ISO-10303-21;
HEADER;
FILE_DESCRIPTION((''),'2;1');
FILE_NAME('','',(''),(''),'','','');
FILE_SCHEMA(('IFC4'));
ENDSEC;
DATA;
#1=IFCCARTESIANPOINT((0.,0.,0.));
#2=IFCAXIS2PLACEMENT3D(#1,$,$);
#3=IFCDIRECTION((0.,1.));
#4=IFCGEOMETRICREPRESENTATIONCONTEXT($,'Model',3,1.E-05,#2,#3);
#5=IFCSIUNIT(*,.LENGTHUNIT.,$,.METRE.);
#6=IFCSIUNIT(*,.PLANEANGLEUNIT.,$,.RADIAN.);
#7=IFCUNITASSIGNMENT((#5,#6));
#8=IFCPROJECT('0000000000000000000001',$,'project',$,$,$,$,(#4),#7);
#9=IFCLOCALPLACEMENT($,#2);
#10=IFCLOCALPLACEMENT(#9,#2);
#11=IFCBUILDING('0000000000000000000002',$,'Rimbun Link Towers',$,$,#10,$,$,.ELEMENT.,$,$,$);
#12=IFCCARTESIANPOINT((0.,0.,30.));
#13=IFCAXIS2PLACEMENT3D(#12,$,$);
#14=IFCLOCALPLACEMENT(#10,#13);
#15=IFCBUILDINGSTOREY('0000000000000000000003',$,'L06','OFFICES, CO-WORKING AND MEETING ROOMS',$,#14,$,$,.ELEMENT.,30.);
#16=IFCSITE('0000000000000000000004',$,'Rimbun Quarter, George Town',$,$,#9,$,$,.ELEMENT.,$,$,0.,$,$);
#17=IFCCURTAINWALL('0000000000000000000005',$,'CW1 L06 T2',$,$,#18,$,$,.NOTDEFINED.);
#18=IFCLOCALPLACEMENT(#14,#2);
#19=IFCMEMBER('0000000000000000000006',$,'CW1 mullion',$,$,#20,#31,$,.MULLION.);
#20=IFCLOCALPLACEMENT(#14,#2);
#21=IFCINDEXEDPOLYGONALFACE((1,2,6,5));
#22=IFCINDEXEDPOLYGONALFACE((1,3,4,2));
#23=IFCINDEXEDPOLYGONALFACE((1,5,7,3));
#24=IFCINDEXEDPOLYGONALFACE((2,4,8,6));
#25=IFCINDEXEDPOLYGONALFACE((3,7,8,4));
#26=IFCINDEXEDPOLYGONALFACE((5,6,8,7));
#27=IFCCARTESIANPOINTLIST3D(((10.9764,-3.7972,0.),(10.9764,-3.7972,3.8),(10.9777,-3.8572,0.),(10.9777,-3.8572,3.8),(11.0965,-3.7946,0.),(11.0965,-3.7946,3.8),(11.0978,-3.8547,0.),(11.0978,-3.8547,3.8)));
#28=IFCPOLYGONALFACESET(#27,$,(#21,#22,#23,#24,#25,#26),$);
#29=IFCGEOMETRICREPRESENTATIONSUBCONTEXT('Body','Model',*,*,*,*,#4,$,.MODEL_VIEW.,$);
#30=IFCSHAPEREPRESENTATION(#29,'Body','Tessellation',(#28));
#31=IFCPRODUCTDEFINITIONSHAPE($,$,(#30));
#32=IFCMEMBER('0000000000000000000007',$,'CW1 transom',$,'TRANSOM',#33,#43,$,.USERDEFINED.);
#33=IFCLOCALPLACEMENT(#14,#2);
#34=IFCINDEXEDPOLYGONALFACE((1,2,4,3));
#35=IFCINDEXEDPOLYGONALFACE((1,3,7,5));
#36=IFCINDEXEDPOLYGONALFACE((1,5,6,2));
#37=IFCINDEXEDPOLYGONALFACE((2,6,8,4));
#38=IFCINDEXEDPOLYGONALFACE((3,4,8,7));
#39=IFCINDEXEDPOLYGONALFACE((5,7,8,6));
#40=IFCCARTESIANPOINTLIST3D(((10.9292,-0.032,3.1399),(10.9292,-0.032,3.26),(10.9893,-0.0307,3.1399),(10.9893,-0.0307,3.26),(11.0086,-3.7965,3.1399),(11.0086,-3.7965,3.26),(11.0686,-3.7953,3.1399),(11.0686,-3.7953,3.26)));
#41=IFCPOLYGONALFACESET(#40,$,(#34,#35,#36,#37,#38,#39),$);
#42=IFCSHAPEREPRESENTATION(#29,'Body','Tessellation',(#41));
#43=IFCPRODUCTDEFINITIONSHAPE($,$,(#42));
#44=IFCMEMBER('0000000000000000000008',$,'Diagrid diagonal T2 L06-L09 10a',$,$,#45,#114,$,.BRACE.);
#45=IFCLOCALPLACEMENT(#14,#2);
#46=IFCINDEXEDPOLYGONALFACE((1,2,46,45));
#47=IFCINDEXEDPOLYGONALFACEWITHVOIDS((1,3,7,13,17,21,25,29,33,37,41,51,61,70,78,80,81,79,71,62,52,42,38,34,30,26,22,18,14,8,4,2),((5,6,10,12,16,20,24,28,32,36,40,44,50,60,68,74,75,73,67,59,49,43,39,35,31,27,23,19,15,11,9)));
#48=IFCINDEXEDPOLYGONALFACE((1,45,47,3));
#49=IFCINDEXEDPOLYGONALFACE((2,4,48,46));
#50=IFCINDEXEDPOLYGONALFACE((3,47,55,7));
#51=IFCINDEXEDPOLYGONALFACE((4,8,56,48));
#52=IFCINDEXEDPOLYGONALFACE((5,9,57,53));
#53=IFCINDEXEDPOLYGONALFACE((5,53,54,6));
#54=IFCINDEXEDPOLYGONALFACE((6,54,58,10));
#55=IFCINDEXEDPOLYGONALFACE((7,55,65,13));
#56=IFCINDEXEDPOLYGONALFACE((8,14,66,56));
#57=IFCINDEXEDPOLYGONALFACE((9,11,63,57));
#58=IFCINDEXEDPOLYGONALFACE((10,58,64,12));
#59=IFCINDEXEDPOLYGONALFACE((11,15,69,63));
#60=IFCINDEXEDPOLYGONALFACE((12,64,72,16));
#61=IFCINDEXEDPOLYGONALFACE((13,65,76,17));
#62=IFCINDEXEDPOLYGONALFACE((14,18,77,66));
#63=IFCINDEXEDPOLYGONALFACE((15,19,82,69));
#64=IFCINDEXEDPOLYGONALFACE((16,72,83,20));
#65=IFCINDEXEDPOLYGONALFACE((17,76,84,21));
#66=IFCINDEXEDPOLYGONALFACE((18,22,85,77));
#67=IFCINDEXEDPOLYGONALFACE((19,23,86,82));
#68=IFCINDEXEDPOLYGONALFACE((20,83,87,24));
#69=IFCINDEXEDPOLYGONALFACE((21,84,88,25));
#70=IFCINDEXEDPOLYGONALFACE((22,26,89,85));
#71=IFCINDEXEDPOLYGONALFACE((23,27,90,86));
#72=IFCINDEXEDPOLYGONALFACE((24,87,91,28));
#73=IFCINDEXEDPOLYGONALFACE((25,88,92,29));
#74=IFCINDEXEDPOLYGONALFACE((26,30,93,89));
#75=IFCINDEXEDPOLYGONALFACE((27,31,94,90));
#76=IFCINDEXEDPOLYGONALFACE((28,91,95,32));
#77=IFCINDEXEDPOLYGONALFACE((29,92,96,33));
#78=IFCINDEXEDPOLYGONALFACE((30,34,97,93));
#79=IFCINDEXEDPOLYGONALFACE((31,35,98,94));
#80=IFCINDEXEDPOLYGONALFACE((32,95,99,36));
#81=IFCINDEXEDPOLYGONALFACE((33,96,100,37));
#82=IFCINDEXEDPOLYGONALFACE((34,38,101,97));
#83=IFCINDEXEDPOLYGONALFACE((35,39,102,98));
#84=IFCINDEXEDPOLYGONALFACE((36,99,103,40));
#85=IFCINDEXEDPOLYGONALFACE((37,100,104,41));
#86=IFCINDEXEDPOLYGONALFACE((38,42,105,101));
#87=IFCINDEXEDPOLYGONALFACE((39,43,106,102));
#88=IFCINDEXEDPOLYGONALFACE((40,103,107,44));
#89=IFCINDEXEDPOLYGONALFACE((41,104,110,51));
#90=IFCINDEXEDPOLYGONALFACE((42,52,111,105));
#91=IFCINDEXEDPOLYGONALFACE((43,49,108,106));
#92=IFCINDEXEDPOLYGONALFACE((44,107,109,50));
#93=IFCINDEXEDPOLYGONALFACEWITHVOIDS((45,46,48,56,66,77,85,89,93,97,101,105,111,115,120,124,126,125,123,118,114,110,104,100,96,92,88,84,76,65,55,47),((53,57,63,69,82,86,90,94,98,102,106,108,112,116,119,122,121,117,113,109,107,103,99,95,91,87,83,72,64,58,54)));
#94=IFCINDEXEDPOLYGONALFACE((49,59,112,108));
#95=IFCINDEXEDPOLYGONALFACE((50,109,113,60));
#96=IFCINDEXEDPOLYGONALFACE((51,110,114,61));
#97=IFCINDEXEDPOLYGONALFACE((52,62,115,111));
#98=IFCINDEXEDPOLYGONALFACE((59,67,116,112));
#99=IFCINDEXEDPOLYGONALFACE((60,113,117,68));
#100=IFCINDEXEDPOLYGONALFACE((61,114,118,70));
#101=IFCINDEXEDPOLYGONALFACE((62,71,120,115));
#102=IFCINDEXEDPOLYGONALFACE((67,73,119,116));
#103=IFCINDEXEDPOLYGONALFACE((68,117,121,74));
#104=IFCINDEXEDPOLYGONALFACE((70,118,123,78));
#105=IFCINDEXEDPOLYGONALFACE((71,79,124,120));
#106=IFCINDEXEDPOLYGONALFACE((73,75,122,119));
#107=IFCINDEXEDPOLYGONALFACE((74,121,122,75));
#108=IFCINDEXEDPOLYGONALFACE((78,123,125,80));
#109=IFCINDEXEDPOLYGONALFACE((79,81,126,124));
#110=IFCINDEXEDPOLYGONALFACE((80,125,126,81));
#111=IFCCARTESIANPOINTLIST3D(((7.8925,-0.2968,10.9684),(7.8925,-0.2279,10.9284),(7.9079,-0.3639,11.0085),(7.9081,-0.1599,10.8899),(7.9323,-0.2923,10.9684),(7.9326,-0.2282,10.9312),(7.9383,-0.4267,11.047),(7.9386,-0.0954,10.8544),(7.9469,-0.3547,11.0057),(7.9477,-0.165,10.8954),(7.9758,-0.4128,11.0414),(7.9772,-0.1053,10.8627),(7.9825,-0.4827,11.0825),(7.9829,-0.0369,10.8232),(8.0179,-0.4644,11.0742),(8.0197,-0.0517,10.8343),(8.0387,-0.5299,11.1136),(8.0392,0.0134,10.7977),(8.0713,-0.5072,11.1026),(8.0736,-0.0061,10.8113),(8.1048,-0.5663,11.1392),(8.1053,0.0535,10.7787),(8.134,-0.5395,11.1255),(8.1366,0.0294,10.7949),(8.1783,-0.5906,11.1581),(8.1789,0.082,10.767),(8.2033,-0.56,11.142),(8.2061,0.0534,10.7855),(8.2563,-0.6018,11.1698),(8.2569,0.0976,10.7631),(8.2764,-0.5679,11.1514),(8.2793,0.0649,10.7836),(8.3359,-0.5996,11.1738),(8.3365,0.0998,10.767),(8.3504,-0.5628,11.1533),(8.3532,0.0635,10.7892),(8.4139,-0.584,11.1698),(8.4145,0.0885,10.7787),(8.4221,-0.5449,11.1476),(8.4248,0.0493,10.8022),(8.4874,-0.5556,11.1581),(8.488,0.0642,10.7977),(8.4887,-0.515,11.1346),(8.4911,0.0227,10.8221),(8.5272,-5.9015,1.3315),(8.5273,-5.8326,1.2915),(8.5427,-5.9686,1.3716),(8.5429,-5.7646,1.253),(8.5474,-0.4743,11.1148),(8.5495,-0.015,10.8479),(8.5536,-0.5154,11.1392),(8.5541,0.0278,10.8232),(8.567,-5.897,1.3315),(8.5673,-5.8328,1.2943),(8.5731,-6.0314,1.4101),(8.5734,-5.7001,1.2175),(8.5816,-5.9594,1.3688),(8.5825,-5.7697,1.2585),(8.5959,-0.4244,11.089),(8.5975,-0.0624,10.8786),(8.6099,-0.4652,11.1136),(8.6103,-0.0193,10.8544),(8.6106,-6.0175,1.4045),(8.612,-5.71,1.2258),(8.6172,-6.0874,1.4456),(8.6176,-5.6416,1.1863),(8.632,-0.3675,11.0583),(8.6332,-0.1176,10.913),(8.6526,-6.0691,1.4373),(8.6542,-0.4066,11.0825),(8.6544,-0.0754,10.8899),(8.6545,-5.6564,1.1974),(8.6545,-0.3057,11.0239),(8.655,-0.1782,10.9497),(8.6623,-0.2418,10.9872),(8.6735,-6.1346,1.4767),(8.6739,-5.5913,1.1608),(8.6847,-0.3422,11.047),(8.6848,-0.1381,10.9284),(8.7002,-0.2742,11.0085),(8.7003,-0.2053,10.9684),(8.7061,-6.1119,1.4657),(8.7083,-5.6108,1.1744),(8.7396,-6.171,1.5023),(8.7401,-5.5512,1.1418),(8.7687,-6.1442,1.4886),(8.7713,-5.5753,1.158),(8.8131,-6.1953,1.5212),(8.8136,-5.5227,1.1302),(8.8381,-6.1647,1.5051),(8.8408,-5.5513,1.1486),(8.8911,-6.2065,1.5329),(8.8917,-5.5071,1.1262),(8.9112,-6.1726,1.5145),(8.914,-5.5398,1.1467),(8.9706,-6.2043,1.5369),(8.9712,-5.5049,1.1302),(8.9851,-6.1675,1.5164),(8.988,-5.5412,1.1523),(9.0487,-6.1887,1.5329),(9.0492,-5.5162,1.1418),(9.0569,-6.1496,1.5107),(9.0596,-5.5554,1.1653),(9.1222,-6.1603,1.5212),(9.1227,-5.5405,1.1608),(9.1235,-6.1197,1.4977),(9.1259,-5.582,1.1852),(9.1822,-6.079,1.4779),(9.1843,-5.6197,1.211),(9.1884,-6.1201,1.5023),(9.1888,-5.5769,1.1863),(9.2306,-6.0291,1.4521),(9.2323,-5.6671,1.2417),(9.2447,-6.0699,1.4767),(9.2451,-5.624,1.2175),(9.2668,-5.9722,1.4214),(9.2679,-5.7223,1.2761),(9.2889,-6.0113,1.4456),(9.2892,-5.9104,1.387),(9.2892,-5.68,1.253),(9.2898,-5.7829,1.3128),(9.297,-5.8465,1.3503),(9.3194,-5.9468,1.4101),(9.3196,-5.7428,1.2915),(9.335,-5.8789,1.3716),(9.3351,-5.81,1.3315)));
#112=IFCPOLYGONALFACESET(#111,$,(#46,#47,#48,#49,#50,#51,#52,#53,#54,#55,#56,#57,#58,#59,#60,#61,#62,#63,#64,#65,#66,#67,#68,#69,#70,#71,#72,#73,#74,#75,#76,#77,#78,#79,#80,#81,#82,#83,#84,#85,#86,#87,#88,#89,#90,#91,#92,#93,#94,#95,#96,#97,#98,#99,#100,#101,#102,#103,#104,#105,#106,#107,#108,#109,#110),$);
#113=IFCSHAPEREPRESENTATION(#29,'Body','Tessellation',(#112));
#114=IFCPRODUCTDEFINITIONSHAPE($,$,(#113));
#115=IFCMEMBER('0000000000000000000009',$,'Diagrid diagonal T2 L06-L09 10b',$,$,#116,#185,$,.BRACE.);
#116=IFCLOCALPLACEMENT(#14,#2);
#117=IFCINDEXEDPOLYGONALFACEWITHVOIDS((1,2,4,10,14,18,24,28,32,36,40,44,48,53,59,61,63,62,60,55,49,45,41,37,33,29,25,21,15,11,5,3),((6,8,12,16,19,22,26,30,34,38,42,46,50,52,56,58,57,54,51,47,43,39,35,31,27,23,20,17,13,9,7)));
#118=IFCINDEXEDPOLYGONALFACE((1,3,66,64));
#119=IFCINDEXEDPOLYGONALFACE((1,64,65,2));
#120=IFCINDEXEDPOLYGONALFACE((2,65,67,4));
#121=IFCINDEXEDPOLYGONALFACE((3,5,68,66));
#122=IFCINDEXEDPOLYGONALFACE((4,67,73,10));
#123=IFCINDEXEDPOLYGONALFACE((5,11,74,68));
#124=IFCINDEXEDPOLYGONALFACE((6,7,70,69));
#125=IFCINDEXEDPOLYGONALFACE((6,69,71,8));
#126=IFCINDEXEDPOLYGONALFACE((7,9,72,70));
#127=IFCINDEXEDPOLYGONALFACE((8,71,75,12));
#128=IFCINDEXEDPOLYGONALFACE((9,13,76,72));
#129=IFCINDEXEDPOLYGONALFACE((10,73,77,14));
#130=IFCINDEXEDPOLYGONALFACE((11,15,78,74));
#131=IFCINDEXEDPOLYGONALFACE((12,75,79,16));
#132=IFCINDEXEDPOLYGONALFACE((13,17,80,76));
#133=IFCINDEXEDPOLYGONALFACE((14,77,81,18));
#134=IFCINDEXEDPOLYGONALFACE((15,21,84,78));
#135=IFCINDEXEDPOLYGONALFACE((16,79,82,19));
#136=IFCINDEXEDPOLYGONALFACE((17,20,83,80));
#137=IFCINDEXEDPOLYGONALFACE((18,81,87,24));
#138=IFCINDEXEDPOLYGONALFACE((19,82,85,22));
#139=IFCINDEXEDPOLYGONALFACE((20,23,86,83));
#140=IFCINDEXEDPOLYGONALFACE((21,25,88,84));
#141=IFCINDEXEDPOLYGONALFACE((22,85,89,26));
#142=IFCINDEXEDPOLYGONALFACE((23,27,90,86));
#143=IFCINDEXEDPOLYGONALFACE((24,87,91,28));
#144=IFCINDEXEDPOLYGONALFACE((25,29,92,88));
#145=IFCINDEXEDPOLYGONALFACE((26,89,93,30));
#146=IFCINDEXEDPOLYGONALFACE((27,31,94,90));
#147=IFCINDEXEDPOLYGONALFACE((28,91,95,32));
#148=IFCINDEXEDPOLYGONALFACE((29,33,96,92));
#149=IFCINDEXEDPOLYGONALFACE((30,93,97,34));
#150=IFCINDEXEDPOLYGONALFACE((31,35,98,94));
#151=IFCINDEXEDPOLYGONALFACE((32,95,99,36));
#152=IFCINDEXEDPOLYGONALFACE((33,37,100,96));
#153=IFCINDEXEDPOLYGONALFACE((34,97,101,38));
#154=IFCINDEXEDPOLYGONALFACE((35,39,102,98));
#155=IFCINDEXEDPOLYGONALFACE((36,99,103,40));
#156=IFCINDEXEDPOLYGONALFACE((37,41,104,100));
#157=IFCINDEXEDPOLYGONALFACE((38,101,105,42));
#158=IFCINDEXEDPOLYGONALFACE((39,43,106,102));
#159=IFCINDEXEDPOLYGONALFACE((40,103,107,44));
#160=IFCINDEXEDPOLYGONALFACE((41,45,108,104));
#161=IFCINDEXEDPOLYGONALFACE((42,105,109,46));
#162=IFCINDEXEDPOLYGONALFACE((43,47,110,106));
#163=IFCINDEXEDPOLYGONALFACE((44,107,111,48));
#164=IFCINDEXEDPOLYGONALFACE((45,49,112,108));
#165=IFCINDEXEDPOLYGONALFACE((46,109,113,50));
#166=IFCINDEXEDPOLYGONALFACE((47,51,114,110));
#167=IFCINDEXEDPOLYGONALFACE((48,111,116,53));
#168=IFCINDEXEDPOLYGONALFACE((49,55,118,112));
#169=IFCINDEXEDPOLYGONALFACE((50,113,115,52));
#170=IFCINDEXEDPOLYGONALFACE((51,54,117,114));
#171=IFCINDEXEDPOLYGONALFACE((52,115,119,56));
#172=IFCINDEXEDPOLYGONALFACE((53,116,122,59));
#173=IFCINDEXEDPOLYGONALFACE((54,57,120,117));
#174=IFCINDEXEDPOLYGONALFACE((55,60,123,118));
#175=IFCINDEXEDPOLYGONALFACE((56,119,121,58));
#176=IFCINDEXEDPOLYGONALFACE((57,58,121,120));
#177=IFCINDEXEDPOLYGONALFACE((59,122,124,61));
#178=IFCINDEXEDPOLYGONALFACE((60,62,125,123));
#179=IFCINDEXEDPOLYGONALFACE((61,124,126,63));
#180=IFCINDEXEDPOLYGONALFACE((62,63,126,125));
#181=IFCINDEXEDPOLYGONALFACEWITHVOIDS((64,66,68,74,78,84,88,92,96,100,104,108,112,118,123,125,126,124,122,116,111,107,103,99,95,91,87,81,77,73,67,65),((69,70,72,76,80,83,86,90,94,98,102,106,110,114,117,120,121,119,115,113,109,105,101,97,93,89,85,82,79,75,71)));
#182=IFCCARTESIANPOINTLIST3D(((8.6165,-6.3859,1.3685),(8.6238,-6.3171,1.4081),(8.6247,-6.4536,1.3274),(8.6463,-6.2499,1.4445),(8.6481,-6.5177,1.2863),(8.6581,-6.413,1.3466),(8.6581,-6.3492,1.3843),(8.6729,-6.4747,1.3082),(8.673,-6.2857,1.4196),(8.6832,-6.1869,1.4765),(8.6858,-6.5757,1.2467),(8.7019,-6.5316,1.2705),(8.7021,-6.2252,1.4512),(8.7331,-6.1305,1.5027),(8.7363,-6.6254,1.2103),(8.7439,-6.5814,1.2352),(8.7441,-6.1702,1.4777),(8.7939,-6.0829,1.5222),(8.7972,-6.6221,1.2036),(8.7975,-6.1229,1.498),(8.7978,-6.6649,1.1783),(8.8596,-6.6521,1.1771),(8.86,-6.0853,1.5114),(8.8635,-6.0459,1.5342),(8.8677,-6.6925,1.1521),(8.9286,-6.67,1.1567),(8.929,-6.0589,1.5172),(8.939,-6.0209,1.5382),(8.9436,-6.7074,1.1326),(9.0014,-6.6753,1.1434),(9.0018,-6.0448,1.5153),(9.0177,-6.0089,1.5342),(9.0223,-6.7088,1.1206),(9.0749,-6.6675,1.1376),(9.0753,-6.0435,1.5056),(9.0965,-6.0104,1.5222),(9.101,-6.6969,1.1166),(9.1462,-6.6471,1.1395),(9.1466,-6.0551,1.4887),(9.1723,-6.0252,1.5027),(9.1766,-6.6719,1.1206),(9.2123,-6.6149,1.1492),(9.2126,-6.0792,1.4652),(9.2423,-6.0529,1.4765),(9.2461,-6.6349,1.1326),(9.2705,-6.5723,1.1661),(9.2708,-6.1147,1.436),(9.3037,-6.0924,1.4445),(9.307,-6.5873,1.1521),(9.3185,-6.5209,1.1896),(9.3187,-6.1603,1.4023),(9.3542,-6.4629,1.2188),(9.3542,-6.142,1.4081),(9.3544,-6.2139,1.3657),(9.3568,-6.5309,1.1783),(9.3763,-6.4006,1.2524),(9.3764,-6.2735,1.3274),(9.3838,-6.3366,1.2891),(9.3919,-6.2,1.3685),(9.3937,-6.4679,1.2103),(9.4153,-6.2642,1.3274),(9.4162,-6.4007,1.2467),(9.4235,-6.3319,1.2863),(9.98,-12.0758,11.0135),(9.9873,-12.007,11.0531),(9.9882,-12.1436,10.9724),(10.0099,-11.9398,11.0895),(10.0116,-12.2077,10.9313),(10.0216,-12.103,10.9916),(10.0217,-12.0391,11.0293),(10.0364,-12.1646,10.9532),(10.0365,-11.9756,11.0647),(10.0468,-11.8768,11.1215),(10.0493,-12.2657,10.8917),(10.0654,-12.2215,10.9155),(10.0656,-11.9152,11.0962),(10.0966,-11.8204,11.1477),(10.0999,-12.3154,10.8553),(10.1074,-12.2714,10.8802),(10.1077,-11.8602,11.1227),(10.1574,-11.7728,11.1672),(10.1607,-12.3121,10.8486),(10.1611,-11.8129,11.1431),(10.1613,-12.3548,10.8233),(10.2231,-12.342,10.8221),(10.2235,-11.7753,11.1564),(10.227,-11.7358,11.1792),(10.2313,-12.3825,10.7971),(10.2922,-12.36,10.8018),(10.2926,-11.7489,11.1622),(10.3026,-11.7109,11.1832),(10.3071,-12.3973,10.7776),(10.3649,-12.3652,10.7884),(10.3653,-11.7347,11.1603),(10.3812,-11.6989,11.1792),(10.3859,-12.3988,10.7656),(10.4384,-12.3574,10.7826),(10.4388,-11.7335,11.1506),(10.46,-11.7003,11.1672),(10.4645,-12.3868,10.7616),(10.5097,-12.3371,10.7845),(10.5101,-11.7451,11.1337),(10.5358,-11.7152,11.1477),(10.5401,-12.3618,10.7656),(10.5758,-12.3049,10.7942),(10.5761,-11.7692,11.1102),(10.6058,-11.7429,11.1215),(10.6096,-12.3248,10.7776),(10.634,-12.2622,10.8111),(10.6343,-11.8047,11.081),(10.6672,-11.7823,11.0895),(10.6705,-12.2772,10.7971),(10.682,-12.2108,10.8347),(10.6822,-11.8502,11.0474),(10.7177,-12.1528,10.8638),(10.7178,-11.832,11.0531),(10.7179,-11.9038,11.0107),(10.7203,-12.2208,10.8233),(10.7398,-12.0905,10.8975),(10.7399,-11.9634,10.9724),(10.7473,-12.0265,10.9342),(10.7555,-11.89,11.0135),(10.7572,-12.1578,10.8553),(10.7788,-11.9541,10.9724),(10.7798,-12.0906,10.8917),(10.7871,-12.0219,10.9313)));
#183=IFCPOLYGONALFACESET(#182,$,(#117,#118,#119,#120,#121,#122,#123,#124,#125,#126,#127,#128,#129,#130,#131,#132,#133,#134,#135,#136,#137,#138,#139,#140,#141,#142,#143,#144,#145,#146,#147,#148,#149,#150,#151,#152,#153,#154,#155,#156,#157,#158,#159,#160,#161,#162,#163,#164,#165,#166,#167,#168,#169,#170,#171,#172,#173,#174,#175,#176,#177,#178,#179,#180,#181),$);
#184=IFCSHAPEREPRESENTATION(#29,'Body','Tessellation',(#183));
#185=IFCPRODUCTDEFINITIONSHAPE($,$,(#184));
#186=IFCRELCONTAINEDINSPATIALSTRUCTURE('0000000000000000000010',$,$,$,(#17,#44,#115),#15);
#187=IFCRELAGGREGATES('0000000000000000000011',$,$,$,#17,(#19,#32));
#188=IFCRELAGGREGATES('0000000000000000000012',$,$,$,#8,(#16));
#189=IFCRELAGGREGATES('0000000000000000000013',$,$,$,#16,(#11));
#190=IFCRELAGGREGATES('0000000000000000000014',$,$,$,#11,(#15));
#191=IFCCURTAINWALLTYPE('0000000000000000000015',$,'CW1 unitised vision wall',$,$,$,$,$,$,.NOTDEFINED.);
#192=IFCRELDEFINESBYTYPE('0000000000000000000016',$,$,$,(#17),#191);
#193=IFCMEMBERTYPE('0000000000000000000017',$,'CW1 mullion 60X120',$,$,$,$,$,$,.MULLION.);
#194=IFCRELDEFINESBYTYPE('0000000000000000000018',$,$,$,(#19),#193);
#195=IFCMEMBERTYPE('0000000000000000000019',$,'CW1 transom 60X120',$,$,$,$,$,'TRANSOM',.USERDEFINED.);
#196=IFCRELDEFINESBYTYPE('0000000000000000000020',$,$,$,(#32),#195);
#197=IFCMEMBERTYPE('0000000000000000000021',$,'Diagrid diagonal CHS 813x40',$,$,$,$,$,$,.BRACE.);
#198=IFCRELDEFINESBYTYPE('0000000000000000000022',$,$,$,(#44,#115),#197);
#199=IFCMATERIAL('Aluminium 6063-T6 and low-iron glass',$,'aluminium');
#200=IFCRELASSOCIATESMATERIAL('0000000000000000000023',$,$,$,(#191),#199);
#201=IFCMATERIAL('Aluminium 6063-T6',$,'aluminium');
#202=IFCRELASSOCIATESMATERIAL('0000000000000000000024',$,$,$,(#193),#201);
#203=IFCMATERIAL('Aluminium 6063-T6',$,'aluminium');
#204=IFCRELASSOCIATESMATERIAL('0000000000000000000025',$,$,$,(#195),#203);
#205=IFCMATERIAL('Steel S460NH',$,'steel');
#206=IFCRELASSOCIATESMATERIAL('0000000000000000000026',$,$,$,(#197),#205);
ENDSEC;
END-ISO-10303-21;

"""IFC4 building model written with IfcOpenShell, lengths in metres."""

from ifc_helpers import new_model, si_unit, direction, frame, origin, origin_2d, place, context, subcontext, project, spatial, rectangle, hollow_circle, extrude, material, material_profile, profile_set, type_object, element, aggregate, save


model = new_model("IFC4")

# Units and contexts
model_context = context("Model", 3, precision=1e-05, world=origin(), true_north=direction((0.0, 1.0)))
body_context = subcontext(model_context, "Body", "Model", "MODEL_VIEW")
ifc_project = project(units=[si_unit("LENGTHUNIT", "METRE"), si_unit("PLANEANGLEUNIT", "RADIAN")], contexts=[model_context])

# Site, building, storey
site_placement = place(None, origin())
site = spatial("IfcSite", under=ifc_project, at=site_placement, Name="Rimbun Quarter, George Town", CompositionType="ELEMENT", RefElevation=0.0)
building_placement = place(site_placement, origin())
building = spatial("IfcBuilding", under=site, at=building_placement, Name="Rimbun Link Towers", CompositionType="ELEMENT")
storey_placement = place(building_placement, frame((0.0, 0.0, 30.0)))
storey = spatial("IfcBuildingStorey", under=building, at=storey_placement, Name="L06", Description="OFFICES, CO-WORKING AND MEETING ROOMS", CompositionType="ELEMENT", Elevation=30.0)

# Curtain wall, members
ifc_material_1 = material(Name="Aluminium 6063-T6 and low-iron glass", Category="aluminium")
curtain_wall_type = type_object("IfcCurtainWallType", Name="CW1 unitised vision wall", PredefinedType="NOTDEFINED", material=ifc_material_1)
curtain_wall_placement = place(storey_placement, origin())
curtain_wall = element("IfcCurtainWall", 1, at=curtain_wall_placement, inside=storey, type_object=curtain_wall_type, Name="CW1 L06 T2", PredefinedType="NOTDEFINED")
ifc_material_2 = material(Name="Aluminium 6063-T6", Category="aluminium")
ifc_material_profile_1 = material_profile(ifc_material_2, rectangle(XDim=0.1201, YDim=0.0601, at=origin_2d()), Name="MULLION 60X120")
ifc_profile_set_1 = profile_set([ifc_material_profile_1], Name="Aluminium 6063-T6")
member_type_1 = type_object("IfcMemberType", Name="CW1 mullion 60X120", PredefinedType="MULLION", material=ifc_profile_set_1)
member_1_placement = place(storey_placement, frame((11.0371, -3.8259, 0.0), z_axis=(0.0, 0.0, 1.0), x_axis=(-0.999778, -0.021066, 0.0)))
member_1 = element("IfcMember", 2, at=member_1_placement, type_object=member_type_1, Name="CW1 mullion", PredefinedType="MULLION", context=body_context, shape_type="SweptSolid", body=[
    extrude(rectangle(XDim=0.1201, YDim=0.0601, at=origin_2d()), origin(), (0.0, 0.0, 1.0), 3.8),
])
ifc_material_3 = material(Name="Aluminium 6063-T6", Category="aluminium")
ifc_material_profile_2 = material_profile(ifc_material_3, rectangle(XDim=0.0601, YDim=0.1201, at=origin_2d()), Name="TRANSOM 60X120")
ifc_profile_set_2 = profile_set([ifc_material_profile_2], Name="Aluminium 6063-T6")
member_type_2 = type_object("IfcMemberType", Name="CW1 transom 60X120", ElementType="TRANSOM", PredefinedType="USERDEFINED", material=ifc_profile_set_2)
member_2_placement = place(storey_placement, frame((11.0386, -3.7959, 3.2), z_axis=(-0.021072, 0.999778, 0.0), x_axis=(-0.999778, -0.021072, 0.0)))
member_2 = element("IfcMember", 3, at=member_2_placement, type_object=member_type_2, Name="CW1 transom", ObjectType="TRANSOM", PredefinedType="USERDEFINED", context=body_context, shape_type="SweptSolid", body=[
    extrude(rectangle(XDim=0.0601, YDim=0.1201, at=origin_2d()), origin(), (0.0, 0.0, 1.0), 3.7654),
])

# Members
ifc_material_4 = material(Name="Steel S460NH", Category="steel")
ifc_material_profile_3 = material_profile(ifc_material_4, hollow_circle(Radius=0.4065, WallThickness=0.04, at=origin_2d()), Name="Diagrid diagonal CHS 813x40")
ifc_profile_set_3 = profile_set([ifc_material_profile_3], Name="Steel S460NH")
member_type_3 = type_object("IfcMemberType", Name="Diagrid diagonal CHS 813x40", PredefinedType="BRACE", material=ifc_profile_set_3)
member_3_placement = place(storey_placement, frame((8.9312, -5.8557, 1.3315), z_axis=(-0.056846, 0.501932, 0.863037), x_axis=(-0.993648, -0.112536, 0.0)))
element("IfcMember", 4, at=member_3_placement, inside=storey, type_object=member_type_3, Name="Diagrid diagonal T2 L06-L09 10a", PredefinedType="BRACE", context=body_context, shape_type="SweptSolid", body=[
    extrude(hollow_circle(Radius=0.4065, WallThickness=0.04, at=origin_2d()), origin(), (0.0, 0.0, 1.0), 11.1663),
])
member_4_placement = place(storey_placement, frame((9.02, -6.3589, 1.3274), z_axis=(0.120869, -0.504383, 0.854979), x_axis=(0.972467, 0.23304, 0.0)))
element("IfcMember", 5, at=member_4_placement, inside=storey, type_object=member_type_3, Name="Diagrid diagonal T2 L06-L09 10b", PredefinedType="BRACE", context=body_context, shape_type="SweptSolid", body=[
    extrude(hollow_circle(Radius=0.4065, WallThickness=0.04, at=origin_2d()), origin(), (0.0, 0.0, 1.0), 11.281),
])

aggregate(curtain_wall, [member_1, member_2])

save(model, "model.ifc")
